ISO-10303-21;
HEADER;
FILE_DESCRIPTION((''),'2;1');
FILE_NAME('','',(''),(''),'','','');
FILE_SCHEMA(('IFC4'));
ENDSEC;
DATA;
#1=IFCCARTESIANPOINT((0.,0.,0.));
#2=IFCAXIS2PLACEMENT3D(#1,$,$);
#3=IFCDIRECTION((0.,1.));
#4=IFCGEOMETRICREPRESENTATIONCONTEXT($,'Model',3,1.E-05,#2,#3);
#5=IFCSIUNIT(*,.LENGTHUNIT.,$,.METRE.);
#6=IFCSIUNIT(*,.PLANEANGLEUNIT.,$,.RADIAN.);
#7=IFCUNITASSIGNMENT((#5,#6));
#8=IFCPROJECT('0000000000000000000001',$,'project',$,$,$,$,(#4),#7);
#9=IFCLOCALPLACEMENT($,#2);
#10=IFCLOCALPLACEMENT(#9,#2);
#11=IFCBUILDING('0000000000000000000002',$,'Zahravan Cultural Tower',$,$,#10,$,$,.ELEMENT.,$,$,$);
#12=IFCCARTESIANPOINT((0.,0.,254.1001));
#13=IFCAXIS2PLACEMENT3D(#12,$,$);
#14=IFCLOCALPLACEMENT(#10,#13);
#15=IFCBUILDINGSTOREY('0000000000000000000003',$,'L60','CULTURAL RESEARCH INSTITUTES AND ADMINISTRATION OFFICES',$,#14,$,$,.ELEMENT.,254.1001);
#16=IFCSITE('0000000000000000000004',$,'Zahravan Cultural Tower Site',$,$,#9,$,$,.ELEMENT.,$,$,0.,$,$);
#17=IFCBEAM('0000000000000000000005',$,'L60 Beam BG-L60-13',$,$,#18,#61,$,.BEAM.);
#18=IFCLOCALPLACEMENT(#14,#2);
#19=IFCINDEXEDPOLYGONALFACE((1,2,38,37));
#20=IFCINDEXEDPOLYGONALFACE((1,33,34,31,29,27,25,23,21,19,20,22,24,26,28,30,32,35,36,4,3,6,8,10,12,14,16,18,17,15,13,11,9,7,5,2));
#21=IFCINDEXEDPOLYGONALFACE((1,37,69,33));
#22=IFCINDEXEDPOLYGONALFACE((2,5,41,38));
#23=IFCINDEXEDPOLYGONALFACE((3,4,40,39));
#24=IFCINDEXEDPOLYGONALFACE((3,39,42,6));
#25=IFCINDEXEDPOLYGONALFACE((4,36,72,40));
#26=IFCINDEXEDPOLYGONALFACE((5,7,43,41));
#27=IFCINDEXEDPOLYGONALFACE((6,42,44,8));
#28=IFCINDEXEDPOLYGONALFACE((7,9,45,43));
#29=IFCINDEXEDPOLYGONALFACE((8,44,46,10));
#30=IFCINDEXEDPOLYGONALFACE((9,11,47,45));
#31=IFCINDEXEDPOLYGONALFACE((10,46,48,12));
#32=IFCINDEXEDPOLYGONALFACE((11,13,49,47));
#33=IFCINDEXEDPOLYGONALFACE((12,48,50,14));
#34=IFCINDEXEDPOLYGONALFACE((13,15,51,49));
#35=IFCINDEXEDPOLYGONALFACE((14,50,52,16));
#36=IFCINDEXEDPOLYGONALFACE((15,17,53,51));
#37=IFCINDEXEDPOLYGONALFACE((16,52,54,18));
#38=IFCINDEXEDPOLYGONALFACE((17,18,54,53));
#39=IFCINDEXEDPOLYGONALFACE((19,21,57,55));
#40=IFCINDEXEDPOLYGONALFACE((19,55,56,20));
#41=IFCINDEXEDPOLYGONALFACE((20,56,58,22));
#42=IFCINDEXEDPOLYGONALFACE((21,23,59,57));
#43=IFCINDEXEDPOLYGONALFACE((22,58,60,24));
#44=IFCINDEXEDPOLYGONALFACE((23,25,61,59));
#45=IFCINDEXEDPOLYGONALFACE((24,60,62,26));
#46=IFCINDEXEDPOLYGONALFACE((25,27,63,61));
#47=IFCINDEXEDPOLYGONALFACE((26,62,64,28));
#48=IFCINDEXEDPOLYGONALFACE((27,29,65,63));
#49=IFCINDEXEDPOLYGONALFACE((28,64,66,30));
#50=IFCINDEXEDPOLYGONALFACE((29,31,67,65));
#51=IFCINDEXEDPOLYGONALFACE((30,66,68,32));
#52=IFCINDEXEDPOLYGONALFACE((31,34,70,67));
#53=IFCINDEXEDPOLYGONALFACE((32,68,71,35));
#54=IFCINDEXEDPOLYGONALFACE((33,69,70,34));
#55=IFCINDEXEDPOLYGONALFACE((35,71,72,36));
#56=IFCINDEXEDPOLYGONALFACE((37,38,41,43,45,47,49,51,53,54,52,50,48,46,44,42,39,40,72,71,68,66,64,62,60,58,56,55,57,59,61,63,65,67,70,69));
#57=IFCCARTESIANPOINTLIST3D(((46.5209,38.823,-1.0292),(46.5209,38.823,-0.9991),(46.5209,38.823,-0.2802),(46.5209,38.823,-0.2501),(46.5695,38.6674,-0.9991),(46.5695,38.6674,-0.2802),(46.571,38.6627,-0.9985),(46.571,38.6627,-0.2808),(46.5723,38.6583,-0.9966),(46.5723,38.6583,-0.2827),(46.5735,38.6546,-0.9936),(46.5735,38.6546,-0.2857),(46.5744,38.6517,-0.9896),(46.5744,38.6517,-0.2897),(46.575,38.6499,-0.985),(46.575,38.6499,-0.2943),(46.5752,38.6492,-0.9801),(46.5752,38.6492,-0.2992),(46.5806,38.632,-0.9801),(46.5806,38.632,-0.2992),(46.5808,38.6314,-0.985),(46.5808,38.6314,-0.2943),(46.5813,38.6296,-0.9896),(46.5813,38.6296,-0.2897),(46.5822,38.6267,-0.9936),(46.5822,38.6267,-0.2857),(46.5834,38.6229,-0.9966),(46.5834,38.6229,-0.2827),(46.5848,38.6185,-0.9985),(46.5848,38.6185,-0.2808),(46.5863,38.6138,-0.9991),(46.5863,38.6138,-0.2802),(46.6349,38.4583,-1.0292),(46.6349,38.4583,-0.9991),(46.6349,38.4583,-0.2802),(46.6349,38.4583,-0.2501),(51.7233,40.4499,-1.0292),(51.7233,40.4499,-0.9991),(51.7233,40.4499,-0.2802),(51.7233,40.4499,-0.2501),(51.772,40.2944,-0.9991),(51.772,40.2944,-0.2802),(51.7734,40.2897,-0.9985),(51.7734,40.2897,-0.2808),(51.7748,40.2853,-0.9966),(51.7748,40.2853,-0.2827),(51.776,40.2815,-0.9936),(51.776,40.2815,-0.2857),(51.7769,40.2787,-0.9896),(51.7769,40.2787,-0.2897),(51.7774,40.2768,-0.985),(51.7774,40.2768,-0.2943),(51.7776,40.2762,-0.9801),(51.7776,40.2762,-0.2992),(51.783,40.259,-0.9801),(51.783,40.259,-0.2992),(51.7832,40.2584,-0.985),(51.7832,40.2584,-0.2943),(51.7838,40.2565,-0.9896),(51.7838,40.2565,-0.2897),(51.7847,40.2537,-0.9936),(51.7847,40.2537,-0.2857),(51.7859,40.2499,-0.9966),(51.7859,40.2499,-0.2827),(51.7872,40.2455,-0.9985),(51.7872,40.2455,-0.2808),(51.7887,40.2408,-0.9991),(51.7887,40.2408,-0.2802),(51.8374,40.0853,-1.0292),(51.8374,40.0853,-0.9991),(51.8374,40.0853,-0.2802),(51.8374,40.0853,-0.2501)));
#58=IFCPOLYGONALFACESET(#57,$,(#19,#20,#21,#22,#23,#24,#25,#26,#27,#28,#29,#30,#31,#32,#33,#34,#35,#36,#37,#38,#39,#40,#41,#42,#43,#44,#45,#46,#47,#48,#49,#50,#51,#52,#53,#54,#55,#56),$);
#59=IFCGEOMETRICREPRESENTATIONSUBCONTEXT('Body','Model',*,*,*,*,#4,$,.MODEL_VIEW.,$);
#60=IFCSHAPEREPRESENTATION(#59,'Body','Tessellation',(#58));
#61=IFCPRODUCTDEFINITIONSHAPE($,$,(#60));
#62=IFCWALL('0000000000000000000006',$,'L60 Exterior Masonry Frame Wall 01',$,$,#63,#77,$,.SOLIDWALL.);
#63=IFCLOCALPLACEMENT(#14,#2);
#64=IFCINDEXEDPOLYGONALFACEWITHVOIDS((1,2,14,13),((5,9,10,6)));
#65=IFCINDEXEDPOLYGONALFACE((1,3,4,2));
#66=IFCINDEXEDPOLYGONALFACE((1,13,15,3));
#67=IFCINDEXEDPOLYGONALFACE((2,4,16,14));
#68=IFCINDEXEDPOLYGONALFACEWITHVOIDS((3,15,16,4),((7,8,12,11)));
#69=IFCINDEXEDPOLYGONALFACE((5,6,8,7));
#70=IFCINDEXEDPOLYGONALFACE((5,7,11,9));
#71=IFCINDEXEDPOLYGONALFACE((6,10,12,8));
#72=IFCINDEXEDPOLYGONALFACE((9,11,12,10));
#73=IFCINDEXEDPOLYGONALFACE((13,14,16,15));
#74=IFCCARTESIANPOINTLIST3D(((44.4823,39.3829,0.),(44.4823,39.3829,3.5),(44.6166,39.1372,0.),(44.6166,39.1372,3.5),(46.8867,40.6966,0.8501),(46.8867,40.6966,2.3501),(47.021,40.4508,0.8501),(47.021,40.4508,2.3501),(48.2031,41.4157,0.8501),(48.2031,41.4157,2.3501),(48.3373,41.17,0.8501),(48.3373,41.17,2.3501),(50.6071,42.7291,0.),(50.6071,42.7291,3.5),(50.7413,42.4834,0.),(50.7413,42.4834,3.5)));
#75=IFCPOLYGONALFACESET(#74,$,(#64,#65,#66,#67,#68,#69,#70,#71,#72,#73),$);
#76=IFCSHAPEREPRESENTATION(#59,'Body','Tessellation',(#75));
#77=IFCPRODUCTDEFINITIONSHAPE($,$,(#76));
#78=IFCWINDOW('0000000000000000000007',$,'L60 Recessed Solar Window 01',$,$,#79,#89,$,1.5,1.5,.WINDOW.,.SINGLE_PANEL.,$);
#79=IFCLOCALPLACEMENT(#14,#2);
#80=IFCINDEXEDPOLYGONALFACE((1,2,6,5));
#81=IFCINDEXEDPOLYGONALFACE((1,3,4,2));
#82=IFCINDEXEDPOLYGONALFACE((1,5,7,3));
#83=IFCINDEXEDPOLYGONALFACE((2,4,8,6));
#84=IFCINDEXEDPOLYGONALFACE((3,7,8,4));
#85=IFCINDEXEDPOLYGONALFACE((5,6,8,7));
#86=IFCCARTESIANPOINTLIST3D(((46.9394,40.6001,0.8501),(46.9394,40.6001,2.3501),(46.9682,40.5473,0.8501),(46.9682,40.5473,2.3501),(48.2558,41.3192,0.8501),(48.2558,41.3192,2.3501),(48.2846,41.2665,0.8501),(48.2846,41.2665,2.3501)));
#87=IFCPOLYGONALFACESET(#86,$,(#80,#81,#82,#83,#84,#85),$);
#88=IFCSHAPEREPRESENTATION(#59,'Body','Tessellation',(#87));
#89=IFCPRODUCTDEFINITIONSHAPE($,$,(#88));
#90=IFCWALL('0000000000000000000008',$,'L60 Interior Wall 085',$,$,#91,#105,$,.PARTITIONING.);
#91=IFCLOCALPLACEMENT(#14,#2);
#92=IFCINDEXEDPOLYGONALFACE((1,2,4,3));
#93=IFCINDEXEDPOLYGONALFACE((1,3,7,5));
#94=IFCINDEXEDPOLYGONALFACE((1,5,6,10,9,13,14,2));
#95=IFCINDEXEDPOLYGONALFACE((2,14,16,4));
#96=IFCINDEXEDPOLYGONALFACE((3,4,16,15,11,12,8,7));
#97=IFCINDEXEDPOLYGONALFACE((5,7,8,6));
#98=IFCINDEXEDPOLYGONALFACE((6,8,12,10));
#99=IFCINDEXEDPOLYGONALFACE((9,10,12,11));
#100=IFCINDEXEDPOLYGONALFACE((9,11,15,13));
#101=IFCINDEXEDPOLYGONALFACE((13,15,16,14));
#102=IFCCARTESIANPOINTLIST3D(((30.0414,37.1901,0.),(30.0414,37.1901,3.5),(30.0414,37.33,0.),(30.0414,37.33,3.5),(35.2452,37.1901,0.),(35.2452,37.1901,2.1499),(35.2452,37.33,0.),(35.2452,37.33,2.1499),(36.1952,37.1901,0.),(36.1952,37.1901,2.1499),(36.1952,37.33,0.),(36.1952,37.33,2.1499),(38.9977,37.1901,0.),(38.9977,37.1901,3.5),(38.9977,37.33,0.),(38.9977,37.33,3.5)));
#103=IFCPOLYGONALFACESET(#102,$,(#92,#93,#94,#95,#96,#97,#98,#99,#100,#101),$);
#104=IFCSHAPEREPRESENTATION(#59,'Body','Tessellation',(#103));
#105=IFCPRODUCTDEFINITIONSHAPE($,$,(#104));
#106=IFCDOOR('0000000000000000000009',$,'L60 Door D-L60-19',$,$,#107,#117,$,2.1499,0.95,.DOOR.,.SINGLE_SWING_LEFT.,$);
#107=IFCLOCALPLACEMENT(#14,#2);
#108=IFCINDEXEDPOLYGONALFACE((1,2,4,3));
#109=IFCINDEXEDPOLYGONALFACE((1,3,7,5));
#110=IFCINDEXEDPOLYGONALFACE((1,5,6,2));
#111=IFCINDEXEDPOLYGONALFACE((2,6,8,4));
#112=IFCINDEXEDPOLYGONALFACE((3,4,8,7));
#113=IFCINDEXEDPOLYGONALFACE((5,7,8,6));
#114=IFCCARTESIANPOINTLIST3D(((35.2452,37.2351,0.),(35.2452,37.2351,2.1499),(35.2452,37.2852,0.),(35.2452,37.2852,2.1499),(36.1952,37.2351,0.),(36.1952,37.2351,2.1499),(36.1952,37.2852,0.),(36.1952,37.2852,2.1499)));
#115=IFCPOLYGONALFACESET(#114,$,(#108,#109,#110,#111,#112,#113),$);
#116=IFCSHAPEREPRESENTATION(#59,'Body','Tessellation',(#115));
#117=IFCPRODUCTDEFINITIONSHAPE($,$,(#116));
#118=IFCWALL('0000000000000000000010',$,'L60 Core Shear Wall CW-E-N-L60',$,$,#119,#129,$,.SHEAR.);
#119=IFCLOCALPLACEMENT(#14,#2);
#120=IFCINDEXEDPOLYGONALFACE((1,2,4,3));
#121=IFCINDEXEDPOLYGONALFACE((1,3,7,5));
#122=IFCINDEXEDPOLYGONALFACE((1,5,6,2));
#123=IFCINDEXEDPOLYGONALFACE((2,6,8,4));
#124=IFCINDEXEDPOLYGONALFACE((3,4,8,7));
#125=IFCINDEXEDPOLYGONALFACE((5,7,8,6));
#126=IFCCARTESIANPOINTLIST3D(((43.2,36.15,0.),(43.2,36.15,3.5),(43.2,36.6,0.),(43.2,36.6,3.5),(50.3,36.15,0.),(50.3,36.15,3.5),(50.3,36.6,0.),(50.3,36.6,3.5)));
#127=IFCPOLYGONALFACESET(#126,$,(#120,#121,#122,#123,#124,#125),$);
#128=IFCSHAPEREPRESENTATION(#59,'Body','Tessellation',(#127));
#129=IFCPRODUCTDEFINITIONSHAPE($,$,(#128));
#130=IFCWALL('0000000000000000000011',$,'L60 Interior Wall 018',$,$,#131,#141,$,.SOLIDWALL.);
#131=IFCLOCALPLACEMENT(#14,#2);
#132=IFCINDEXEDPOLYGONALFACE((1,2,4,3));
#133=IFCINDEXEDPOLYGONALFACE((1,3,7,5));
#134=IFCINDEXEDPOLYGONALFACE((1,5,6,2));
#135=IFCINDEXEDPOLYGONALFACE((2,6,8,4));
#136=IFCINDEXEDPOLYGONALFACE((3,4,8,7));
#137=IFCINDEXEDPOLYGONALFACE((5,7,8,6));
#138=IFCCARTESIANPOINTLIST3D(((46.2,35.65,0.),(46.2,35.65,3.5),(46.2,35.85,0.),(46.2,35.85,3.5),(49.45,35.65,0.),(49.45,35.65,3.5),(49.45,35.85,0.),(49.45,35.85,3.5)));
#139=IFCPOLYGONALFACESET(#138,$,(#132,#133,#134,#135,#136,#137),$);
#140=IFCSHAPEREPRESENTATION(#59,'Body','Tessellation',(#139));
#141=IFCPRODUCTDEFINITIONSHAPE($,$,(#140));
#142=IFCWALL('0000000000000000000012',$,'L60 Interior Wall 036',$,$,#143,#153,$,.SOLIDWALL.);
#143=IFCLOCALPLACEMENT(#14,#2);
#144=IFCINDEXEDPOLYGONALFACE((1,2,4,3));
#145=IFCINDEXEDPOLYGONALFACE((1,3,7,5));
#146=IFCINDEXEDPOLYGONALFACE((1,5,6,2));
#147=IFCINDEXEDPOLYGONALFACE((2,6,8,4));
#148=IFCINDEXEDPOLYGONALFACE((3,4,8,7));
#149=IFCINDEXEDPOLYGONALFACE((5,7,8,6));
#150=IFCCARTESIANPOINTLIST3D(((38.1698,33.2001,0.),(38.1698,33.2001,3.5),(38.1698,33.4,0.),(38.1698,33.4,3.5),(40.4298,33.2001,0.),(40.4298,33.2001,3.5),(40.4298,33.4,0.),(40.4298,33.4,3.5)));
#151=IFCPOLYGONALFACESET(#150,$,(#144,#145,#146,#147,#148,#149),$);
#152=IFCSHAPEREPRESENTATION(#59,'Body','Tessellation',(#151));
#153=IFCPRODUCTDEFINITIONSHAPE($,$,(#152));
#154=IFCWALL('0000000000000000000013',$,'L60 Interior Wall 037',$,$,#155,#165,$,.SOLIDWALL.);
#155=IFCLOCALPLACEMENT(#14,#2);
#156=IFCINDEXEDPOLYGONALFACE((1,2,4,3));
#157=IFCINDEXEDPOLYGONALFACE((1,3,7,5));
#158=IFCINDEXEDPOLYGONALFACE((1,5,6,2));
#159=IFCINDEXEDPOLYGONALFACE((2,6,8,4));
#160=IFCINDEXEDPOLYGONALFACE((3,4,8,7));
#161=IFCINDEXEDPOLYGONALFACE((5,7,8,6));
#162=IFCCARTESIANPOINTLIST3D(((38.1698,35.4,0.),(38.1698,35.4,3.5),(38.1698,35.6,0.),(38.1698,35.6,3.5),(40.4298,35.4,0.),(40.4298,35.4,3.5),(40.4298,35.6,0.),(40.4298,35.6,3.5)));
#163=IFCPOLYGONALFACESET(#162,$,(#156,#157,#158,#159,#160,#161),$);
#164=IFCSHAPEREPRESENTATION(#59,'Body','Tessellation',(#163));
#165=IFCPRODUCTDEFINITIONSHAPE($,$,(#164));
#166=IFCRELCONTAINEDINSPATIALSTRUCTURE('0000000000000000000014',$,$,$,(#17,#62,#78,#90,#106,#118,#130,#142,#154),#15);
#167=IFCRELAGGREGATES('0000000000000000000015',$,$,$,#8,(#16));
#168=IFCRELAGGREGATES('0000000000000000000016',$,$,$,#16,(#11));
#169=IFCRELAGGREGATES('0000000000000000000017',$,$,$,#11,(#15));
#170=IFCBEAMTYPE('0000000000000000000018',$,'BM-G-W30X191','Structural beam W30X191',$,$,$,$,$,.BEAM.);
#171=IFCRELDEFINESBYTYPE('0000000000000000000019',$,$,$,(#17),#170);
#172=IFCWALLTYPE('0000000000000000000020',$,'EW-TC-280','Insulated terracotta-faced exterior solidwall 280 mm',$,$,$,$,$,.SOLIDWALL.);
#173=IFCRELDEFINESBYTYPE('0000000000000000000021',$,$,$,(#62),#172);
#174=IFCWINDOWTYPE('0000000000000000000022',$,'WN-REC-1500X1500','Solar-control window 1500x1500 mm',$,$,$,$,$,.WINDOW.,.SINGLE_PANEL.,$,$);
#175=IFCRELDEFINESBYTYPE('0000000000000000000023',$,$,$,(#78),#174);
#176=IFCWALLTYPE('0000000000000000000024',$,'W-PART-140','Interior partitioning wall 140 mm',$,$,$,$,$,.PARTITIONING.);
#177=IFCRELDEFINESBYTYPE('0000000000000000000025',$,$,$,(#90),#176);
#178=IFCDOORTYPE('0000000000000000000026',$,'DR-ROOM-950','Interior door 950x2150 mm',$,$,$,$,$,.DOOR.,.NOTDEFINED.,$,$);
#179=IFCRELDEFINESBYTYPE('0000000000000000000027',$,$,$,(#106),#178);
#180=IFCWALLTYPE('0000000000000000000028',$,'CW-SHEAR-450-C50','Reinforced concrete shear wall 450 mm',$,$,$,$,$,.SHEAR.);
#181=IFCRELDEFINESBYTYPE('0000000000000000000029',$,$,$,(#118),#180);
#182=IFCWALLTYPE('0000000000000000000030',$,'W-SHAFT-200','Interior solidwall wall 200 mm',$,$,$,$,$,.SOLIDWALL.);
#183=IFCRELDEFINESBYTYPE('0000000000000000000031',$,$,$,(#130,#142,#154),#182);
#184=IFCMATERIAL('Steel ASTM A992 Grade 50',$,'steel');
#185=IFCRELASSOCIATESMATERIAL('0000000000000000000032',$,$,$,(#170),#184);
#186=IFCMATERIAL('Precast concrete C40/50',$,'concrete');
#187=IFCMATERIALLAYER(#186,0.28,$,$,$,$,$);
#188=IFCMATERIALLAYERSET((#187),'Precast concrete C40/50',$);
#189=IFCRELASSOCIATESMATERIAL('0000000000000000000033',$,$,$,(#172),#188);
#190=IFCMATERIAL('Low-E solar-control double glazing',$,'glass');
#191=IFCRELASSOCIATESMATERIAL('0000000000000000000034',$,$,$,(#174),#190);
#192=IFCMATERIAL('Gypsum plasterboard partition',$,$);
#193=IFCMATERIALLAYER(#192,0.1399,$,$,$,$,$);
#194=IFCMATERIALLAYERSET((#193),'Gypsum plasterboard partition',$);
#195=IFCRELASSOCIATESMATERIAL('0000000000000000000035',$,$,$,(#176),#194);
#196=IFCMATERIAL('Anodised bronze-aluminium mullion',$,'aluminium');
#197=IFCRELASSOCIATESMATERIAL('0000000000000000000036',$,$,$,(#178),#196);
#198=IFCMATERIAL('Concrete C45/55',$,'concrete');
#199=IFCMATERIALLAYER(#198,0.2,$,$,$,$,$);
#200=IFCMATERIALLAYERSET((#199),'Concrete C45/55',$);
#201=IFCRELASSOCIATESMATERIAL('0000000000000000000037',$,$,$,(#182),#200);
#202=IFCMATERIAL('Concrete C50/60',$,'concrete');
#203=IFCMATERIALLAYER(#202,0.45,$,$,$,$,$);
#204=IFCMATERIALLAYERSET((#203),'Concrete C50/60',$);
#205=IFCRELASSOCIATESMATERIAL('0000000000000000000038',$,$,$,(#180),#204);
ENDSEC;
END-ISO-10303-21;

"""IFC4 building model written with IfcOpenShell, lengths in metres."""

from ifc_helpers import new_model, si_unit, direction, frame, frame_2d, origin, origin_2d, place, context, subcontext, project, spatial, rectangle, i_section, extrude, source, transform, mapped, material, layer, layer_set, material_profile, profile_set, type_object, element, fill, save


model = new_model("IFC4")

# Units and contexts
model_context = context("Model", 3, precision=1e-05, world=origin(), true_north=direction((0.0, 1.0)))
body_context = subcontext(model_context, "Body", "Model", "MODEL_VIEW")
ifc_project = project(units=[si_unit("LENGTHUNIT", "METRE"), si_unit("PLANEANGLEUNIT", "RADIAN")], contexts=[model_context])

# Site, building, storey
site_placement = place(None, origin())
site = spatial("IfcSite", under=ifc_project, at=site_placement, Name="Zahravan Cultural Tower Site", CompositionType="ELEMENT", RefElevation=0.0)
building_placement = place(site_placement, origin())
building = spatial("IfcBuilding", under=site, at=building_placement, Name="Zahravan Cultural Tower", CompositionType="ELEMENT")
storey_placement = place(building_placement, frame((0.0, 0.0, 254.1001)))
storey = spatial("IfcBuildingStorey", under=building, at=storey_placement, Name="L60", Description="CULTURAL RESEARCH INSTITUTES AND ADMINISTRATION OFFICES", CompositionType="ELEMENT", Elevation=254.1001)

# Shared definitions
ifc_material_1 = material(Name="Concrete C50/60", Category="concrete")
ifc_material_2 = material(Name="Steel ASTM A992 Grade 50", Category="steel")

# Beam
ifc_material_3 = material(Name="Concrete C45/55", Category="concrete")
ifc_material_profile_1 = material_profile(ifc_material_2, i_section(OverallWidth=0.3821, OverallDepth=0.7791, WebThickness=0.0181, FlangeThickness=0.03, FilletRadius=0.019, at=origin_2d()), Name="W30X191")
ifc_profile_set_1 = profile_set([ifc_material_profile_1], Name="Steel ASTM A992 Grade 50")
beam_type_1 = type_object("IfcBeamType", Name="BM-G-W30X191", Description="Structural beam W30X191", PredefinedType="BEAM", material=ifc_profile_set_1)
shared_shape_1 = source(origin(), body_context, "Body", "SweptSolid", [
    extrude(i_section(OverallWidth=0.3821, OverallDepth=0.7791, WebThickness=0.0181, FlangeThickness=0.03, FilletRadius=0.019, at=origin_2d()), origin(), (0.0, 0.0, 1.0), 5.4509),
])
beam_1_placement = place(storey_placement, frame((46.5779, 38.6406, -0.6396), z_axis=(0.954417, 0.298476, 0.0), x_axis=(-0.298476, 0.954417, 0.0)))
element("IfcBeam", 1, at=beam_1_placement, inside=storey, type_object=beam_type_1, Name="L60 Beam BG-L60-13", PredefinedType="BEAM", context=body_context, shape_type="MappedRepresentation", body=[
    mapped(shared_shape_1, transform((0.0, 0.0, 0.0), x_axis=(1.0, 0.0, 0.0), y_axis=(0.0, 1.0, 0.0), z_axis=(0.0, 0.0, 1.0), scale=1.0)),
])

# Wall, opening, window
ifc_material_4 = material(Name="Precast concrete C40/50", Category="concrete")
ifc_layer_1 = layer(ifc_material_4, 0.28)
ifc_layer_set_1 = layer_set([ifc_layer_1], Name="Precast concrete C40/50")
wall_type_1 = type_object("IfcWallType", Name="EW-TC-280", Description="Insulated terracotta-faced exterior solidwall 280 mm", PredefinedType="SOLIDWALL", material=ifc_layer_set_1)
wall_1_placement = place(storey_placement, frame((44.5493, 39.26, 0.0), z_axis=(0.0, 0.0, 1.0), x_axis=(0.877569, 0.47945, 0.0)))
wall_1 = element("IfcWall", 2, at=wall_1_placement, inside=storey, type_object=wall_type_1, Name="L60 Exterior Masonry Frame Wall 01", PredefinedType="SOLIDWALL", context=body_context, shape_type="SweptSolid", body=[
    extrude(rectangle(XDim=6.9792, YDim=0.28, at=frame_2d((3.4897, 0.0))), origin(), (0.0, 0.0, 1.0), 3.5),
])
opening_1_placement = place(wall_1_placement, frame((2.74, 0.0, 0.8501)))
opening_1 = element("IfcOpeningElement", 3, at=opening_1_placement, cuts=wall_1, PredefinedType="OPENING", context=body_context, shape_type="SweptSolid", body=[
    extrude(rectangle(XDim=1.5, YDim=1.5, at=frame_2d((0.75, 0.75))), frame((0.0, 0.1499, 0.0), z_axis=(0.0, -1.0, 0.0), x_axis=(1.0, 0.0, 0.0)), (0.0, 0.0, 1.0), 0.3),
])
ifc_material_5 = material(Name="Low-E solar-control double glazing", Category="glass")
window_type = type_object("IfcWindowType", Name="WN-REC-1500X1500", Description="Solar-control window 1500x1500 mm", PartitioningType="SINGLE_PANEL", PredefinedType="WINDOW", material=ifc_material_5)
shared_shape_2 = source(origin(), body_context, "Body", "SweptSolid", [
    extrude(rectangle(XDim=1.5, YDim=1.5, at=frame_2d((0.75, 0.75))), frame((0.0, 0.03, 0.0), z_axis=(0.0, -1.0, 0.0), x_axis=(1.0, 0.0, 0.0)), (0.0, 0.0, 1.0), 0.0601),
])
window_placement = place(opening_1_placement, origin())
window = element("IfcWindow", 4, at=window_placement, inside=storey, type_object=window_type, Name="L60 Recessed Solar Window 01", OverallHeight=1.5, OverallWidth=1.5, PartitioningType="SINGLE_PANEL", PredefinedType="WINDOW", context=body_context, shape_type="MappedRepresentation", body=[
    mapped(shared_shape_2, transform((0.0, 0.0, 0.0), x_axis=(1.0, 0.0, 0.0), y_axis=(0.0, 1.0, 0.0), z_axis=(0.0, 0.0, 1.0), scale=1.0)),
])
fill(opening_1, window)

# Wall, opening, door
ifc_material_6 = material(Name="Gypsum plasterboard partition")
ifc_layer_2 = layer(ifc_material_6, 0.1399)
ifc_layer_set_2 = layer_set([ifc_layer_2], Name="Gypsum plasterboard partition")
wall_type_2 = type_object("IfcWallType", Name="W-PART-140", Description="Interior partitioning wall 140 mm", PredefinedType="PARTITIONING", material=ifc_layer_set_2)
ifc_material_7 = material(Name="Anodised bronze-aluminium mullion", Category="aluminium")
door_type_1 = type_object("IfcDoorType", Name="DR-ROOM-950", Description="Interior door 950x2150 mm", OperationType="NOTDEFINED", PredefinedType="DOOR", material=ifc_material_7)
shared_shape_3 = source(origin(), body_context, "Body", "SweptSolid", [
    extrude(rectangle(XDim=0.95, YDim=2.1499, at=frame_2d((0.4751, 1.075))), frame((0.0, 0.0249, 0.0), z_axis=(0.0, -1.0, 0.0), x_axis=(1.0, 0.0, 0.0)), (0.0, 0.0, 1.0), 0.05),
])
wall_2_placement = place(storey_placement, frame((38.9976, 37.26, 0.0), z_axis=(0.0, 0.0, 1.0), x_axis=(-1.0, 0.0, 0.0)))
wall_2 = element("IfcWall", 5, at=wall_2_placement, inside=storey, type_object=wall_type_2, Name="L60 Interior Wall 085", PredefinedType="PARTITIONING", context=body_context, shape_type="SweptSolid", body=[
    extrude(rectangle(XDim=8.9563, YDim=0.1399, at=frame_2d((4.478, 0.0))), origin(), (0.0, 0.0, 1.0), 3.5),
])
opening_2_placement = place(wall_2_placement, frame((2.8022, 0.0, 0.0)))
opening_2 = element("IfcOpeningElement", 6, at=opening_2_placement, cuts=wall_2, PredefinedType="OPENING", context=body_context, shape_type="SweptSolid", body=[
    extrude(rectangle(XDim=0.95, YDim=2.1499, at=frame_2d((0.4751, 1.075))), frame((0.0, 0.0798, 0.0), z_axis=(0.0, -1.0, 0.0), x_axis=(1.0, 0.0, 0.0)), (0.0, 0.0, 1.0), 0.1599),
])
door_1_placement = place(opening_2_placement, origin())
door_1 = element("IfcDoor", 7, at=door_1_placement, inside=storey, type_object=door_type_1, Name="L60 Door D-L60-19", OperationType="SINGLE_SWING_LEFT", OverallHeight=2.1499, OverallWidth=0.95, PredefinedType="DOOR", context=body_context, shape_type="MappedRepresentation", body=[
    mapped(shared_shape_3, transform((0.0, 0.0, 0.0), x_axis=(1.0, 0.0, 0.0), y_axis=(0.0, 1.0, 0.0), z_axis=(0.0, 0.0, 1.0), scale=1.0)),
])
fill(opening_2, door_1)
ifc_layer_3 = layer(ifc_material_3, 0.2)
ifc_layer_set_3 = layer_set([ifc_layer_3], Name="Concrete C45/55")
wall_type_3 = type_object("IfcWallType", Name="W-SHAFT-200", Description="Interior solidwall wall 200 mm", PredefinedType="SOLIDWALL", material=ifc_layer_set_3)

# Walls
ifc_layer_4 = layer(ifc_material_1, 0.45)
ifc_layer_set_4 = layer_set([ifc_layer_4], Name="Concrete C50/60")
wall_type_4 = type_object("IfcWallType", Name="CW-SHEAR-450-C50", Description="Reinforced concrete shear wall 450 mm", PredefinedType="SHEAR", material=ifc_layer_set_4)
shared_shape_4 = source(origin(), body_context, "Body", "SweptSolid", [
    extrude(rectangle(XDim=7.1001, YDim=0.45, at=frame_2d((3.55, 0.0))), origin(), (0.0, 0.0, 1.0), 3.5),
])
wall_3_placement = place(storey_placement, frame((43.2, 36.375, 0.0), z_axis=(0.0, 0.0, 1.0), x_axis=(1.0, 0.0, 0.0)))
element("IfcWall", 8, at=wall_3_placement, inside=storey, type_object=wall_type_4, Name="L60 Core Shear Wall CW-E-N-L60", PredefinedType="SHEAR", context=body_context, shape_type="MappedRepresentation", body=[
    mapped(shared_shape_4, transform((0.0, 0.0, 0.0), x_axis=(1.0, 0.0, 0.0), y_axis=(0.0, 1.0, 0.0), z_axis=(0.0, 0.0, 1.0), scale=1.0)),
])
shared_shape_5 = source(origin(), body_context, "Body", "SweptSolid", [
    extrude(rectangle(XDim=3.25, YDim=0.2, at=frame_2d((1.625, 0.0))), origin(), (0.0, 0.0, 1.0), 3.5),
])
wall_4_placement = place(storey_placement, frame((46.2, 35.75, 0.0), z_axis=(0.0, 0.0, 1.0), x_axis=(1.0, 0.0, 0.0)))
element("IfcWall", 9, at=wall_4_placement, inside=storey, type_object=wall_type_3, Name="L60 Interior Wall 018", PredefinedType="SOLIDWALL", context=body_context, shape_type="MappedRepresentation", body=[
    mapped(shared_shape_5, transform((0.0, 0.0, 0.0), x_axis=(1.0, 0.0, 0.0), y_axis=(0.0, 1.0, 0.0), z_axis=(0.0, 0.0, 1.0), scale=1.0)),
])
shared_shape_6 = source(origin(), body_context, "Body", "SweptSolid", [
    extrude(rectangle(XDim=2.26, YDim=0.2, at=frame_2d((1.1299, 0.0))), origin(), (0.0, 0.0, 1.0), 3.5),
])
for number, where, z_axis, x_axis, name in (
    (10, (38.1699, 33.3, 0.0), (0.0, 0.0, 1.0), (1.0, 0.0, 0.0), "L60 Interior Wall 036"),
    (11, (38.1699, 35.5, 0.0), (0.0, 0.0, 1.0), (1.0, 0.0, 0.0), "L60 Interior Wall 037"),
):
    element("IfcWall", number, at=place(storey_placement, frame(where, z_axis=z_axis, x_axis=x_axis)), inside=storey, type_object=wall_type_3, Name=name, PredefinedType="SOLIDWALL", context=body_context, shape_type="MappedRepresentation", body=[
        mapped(shared_shape_6, transform((0.0, 0.0, 0.0), x_axis=(1.0, 0.0, 0.0), y_axis=(0.0, 1.0, 0.0), z_axis=(0.0, 0.0, 1.0), scale=1.0)),
    ])

save(model, "model.ifc")
